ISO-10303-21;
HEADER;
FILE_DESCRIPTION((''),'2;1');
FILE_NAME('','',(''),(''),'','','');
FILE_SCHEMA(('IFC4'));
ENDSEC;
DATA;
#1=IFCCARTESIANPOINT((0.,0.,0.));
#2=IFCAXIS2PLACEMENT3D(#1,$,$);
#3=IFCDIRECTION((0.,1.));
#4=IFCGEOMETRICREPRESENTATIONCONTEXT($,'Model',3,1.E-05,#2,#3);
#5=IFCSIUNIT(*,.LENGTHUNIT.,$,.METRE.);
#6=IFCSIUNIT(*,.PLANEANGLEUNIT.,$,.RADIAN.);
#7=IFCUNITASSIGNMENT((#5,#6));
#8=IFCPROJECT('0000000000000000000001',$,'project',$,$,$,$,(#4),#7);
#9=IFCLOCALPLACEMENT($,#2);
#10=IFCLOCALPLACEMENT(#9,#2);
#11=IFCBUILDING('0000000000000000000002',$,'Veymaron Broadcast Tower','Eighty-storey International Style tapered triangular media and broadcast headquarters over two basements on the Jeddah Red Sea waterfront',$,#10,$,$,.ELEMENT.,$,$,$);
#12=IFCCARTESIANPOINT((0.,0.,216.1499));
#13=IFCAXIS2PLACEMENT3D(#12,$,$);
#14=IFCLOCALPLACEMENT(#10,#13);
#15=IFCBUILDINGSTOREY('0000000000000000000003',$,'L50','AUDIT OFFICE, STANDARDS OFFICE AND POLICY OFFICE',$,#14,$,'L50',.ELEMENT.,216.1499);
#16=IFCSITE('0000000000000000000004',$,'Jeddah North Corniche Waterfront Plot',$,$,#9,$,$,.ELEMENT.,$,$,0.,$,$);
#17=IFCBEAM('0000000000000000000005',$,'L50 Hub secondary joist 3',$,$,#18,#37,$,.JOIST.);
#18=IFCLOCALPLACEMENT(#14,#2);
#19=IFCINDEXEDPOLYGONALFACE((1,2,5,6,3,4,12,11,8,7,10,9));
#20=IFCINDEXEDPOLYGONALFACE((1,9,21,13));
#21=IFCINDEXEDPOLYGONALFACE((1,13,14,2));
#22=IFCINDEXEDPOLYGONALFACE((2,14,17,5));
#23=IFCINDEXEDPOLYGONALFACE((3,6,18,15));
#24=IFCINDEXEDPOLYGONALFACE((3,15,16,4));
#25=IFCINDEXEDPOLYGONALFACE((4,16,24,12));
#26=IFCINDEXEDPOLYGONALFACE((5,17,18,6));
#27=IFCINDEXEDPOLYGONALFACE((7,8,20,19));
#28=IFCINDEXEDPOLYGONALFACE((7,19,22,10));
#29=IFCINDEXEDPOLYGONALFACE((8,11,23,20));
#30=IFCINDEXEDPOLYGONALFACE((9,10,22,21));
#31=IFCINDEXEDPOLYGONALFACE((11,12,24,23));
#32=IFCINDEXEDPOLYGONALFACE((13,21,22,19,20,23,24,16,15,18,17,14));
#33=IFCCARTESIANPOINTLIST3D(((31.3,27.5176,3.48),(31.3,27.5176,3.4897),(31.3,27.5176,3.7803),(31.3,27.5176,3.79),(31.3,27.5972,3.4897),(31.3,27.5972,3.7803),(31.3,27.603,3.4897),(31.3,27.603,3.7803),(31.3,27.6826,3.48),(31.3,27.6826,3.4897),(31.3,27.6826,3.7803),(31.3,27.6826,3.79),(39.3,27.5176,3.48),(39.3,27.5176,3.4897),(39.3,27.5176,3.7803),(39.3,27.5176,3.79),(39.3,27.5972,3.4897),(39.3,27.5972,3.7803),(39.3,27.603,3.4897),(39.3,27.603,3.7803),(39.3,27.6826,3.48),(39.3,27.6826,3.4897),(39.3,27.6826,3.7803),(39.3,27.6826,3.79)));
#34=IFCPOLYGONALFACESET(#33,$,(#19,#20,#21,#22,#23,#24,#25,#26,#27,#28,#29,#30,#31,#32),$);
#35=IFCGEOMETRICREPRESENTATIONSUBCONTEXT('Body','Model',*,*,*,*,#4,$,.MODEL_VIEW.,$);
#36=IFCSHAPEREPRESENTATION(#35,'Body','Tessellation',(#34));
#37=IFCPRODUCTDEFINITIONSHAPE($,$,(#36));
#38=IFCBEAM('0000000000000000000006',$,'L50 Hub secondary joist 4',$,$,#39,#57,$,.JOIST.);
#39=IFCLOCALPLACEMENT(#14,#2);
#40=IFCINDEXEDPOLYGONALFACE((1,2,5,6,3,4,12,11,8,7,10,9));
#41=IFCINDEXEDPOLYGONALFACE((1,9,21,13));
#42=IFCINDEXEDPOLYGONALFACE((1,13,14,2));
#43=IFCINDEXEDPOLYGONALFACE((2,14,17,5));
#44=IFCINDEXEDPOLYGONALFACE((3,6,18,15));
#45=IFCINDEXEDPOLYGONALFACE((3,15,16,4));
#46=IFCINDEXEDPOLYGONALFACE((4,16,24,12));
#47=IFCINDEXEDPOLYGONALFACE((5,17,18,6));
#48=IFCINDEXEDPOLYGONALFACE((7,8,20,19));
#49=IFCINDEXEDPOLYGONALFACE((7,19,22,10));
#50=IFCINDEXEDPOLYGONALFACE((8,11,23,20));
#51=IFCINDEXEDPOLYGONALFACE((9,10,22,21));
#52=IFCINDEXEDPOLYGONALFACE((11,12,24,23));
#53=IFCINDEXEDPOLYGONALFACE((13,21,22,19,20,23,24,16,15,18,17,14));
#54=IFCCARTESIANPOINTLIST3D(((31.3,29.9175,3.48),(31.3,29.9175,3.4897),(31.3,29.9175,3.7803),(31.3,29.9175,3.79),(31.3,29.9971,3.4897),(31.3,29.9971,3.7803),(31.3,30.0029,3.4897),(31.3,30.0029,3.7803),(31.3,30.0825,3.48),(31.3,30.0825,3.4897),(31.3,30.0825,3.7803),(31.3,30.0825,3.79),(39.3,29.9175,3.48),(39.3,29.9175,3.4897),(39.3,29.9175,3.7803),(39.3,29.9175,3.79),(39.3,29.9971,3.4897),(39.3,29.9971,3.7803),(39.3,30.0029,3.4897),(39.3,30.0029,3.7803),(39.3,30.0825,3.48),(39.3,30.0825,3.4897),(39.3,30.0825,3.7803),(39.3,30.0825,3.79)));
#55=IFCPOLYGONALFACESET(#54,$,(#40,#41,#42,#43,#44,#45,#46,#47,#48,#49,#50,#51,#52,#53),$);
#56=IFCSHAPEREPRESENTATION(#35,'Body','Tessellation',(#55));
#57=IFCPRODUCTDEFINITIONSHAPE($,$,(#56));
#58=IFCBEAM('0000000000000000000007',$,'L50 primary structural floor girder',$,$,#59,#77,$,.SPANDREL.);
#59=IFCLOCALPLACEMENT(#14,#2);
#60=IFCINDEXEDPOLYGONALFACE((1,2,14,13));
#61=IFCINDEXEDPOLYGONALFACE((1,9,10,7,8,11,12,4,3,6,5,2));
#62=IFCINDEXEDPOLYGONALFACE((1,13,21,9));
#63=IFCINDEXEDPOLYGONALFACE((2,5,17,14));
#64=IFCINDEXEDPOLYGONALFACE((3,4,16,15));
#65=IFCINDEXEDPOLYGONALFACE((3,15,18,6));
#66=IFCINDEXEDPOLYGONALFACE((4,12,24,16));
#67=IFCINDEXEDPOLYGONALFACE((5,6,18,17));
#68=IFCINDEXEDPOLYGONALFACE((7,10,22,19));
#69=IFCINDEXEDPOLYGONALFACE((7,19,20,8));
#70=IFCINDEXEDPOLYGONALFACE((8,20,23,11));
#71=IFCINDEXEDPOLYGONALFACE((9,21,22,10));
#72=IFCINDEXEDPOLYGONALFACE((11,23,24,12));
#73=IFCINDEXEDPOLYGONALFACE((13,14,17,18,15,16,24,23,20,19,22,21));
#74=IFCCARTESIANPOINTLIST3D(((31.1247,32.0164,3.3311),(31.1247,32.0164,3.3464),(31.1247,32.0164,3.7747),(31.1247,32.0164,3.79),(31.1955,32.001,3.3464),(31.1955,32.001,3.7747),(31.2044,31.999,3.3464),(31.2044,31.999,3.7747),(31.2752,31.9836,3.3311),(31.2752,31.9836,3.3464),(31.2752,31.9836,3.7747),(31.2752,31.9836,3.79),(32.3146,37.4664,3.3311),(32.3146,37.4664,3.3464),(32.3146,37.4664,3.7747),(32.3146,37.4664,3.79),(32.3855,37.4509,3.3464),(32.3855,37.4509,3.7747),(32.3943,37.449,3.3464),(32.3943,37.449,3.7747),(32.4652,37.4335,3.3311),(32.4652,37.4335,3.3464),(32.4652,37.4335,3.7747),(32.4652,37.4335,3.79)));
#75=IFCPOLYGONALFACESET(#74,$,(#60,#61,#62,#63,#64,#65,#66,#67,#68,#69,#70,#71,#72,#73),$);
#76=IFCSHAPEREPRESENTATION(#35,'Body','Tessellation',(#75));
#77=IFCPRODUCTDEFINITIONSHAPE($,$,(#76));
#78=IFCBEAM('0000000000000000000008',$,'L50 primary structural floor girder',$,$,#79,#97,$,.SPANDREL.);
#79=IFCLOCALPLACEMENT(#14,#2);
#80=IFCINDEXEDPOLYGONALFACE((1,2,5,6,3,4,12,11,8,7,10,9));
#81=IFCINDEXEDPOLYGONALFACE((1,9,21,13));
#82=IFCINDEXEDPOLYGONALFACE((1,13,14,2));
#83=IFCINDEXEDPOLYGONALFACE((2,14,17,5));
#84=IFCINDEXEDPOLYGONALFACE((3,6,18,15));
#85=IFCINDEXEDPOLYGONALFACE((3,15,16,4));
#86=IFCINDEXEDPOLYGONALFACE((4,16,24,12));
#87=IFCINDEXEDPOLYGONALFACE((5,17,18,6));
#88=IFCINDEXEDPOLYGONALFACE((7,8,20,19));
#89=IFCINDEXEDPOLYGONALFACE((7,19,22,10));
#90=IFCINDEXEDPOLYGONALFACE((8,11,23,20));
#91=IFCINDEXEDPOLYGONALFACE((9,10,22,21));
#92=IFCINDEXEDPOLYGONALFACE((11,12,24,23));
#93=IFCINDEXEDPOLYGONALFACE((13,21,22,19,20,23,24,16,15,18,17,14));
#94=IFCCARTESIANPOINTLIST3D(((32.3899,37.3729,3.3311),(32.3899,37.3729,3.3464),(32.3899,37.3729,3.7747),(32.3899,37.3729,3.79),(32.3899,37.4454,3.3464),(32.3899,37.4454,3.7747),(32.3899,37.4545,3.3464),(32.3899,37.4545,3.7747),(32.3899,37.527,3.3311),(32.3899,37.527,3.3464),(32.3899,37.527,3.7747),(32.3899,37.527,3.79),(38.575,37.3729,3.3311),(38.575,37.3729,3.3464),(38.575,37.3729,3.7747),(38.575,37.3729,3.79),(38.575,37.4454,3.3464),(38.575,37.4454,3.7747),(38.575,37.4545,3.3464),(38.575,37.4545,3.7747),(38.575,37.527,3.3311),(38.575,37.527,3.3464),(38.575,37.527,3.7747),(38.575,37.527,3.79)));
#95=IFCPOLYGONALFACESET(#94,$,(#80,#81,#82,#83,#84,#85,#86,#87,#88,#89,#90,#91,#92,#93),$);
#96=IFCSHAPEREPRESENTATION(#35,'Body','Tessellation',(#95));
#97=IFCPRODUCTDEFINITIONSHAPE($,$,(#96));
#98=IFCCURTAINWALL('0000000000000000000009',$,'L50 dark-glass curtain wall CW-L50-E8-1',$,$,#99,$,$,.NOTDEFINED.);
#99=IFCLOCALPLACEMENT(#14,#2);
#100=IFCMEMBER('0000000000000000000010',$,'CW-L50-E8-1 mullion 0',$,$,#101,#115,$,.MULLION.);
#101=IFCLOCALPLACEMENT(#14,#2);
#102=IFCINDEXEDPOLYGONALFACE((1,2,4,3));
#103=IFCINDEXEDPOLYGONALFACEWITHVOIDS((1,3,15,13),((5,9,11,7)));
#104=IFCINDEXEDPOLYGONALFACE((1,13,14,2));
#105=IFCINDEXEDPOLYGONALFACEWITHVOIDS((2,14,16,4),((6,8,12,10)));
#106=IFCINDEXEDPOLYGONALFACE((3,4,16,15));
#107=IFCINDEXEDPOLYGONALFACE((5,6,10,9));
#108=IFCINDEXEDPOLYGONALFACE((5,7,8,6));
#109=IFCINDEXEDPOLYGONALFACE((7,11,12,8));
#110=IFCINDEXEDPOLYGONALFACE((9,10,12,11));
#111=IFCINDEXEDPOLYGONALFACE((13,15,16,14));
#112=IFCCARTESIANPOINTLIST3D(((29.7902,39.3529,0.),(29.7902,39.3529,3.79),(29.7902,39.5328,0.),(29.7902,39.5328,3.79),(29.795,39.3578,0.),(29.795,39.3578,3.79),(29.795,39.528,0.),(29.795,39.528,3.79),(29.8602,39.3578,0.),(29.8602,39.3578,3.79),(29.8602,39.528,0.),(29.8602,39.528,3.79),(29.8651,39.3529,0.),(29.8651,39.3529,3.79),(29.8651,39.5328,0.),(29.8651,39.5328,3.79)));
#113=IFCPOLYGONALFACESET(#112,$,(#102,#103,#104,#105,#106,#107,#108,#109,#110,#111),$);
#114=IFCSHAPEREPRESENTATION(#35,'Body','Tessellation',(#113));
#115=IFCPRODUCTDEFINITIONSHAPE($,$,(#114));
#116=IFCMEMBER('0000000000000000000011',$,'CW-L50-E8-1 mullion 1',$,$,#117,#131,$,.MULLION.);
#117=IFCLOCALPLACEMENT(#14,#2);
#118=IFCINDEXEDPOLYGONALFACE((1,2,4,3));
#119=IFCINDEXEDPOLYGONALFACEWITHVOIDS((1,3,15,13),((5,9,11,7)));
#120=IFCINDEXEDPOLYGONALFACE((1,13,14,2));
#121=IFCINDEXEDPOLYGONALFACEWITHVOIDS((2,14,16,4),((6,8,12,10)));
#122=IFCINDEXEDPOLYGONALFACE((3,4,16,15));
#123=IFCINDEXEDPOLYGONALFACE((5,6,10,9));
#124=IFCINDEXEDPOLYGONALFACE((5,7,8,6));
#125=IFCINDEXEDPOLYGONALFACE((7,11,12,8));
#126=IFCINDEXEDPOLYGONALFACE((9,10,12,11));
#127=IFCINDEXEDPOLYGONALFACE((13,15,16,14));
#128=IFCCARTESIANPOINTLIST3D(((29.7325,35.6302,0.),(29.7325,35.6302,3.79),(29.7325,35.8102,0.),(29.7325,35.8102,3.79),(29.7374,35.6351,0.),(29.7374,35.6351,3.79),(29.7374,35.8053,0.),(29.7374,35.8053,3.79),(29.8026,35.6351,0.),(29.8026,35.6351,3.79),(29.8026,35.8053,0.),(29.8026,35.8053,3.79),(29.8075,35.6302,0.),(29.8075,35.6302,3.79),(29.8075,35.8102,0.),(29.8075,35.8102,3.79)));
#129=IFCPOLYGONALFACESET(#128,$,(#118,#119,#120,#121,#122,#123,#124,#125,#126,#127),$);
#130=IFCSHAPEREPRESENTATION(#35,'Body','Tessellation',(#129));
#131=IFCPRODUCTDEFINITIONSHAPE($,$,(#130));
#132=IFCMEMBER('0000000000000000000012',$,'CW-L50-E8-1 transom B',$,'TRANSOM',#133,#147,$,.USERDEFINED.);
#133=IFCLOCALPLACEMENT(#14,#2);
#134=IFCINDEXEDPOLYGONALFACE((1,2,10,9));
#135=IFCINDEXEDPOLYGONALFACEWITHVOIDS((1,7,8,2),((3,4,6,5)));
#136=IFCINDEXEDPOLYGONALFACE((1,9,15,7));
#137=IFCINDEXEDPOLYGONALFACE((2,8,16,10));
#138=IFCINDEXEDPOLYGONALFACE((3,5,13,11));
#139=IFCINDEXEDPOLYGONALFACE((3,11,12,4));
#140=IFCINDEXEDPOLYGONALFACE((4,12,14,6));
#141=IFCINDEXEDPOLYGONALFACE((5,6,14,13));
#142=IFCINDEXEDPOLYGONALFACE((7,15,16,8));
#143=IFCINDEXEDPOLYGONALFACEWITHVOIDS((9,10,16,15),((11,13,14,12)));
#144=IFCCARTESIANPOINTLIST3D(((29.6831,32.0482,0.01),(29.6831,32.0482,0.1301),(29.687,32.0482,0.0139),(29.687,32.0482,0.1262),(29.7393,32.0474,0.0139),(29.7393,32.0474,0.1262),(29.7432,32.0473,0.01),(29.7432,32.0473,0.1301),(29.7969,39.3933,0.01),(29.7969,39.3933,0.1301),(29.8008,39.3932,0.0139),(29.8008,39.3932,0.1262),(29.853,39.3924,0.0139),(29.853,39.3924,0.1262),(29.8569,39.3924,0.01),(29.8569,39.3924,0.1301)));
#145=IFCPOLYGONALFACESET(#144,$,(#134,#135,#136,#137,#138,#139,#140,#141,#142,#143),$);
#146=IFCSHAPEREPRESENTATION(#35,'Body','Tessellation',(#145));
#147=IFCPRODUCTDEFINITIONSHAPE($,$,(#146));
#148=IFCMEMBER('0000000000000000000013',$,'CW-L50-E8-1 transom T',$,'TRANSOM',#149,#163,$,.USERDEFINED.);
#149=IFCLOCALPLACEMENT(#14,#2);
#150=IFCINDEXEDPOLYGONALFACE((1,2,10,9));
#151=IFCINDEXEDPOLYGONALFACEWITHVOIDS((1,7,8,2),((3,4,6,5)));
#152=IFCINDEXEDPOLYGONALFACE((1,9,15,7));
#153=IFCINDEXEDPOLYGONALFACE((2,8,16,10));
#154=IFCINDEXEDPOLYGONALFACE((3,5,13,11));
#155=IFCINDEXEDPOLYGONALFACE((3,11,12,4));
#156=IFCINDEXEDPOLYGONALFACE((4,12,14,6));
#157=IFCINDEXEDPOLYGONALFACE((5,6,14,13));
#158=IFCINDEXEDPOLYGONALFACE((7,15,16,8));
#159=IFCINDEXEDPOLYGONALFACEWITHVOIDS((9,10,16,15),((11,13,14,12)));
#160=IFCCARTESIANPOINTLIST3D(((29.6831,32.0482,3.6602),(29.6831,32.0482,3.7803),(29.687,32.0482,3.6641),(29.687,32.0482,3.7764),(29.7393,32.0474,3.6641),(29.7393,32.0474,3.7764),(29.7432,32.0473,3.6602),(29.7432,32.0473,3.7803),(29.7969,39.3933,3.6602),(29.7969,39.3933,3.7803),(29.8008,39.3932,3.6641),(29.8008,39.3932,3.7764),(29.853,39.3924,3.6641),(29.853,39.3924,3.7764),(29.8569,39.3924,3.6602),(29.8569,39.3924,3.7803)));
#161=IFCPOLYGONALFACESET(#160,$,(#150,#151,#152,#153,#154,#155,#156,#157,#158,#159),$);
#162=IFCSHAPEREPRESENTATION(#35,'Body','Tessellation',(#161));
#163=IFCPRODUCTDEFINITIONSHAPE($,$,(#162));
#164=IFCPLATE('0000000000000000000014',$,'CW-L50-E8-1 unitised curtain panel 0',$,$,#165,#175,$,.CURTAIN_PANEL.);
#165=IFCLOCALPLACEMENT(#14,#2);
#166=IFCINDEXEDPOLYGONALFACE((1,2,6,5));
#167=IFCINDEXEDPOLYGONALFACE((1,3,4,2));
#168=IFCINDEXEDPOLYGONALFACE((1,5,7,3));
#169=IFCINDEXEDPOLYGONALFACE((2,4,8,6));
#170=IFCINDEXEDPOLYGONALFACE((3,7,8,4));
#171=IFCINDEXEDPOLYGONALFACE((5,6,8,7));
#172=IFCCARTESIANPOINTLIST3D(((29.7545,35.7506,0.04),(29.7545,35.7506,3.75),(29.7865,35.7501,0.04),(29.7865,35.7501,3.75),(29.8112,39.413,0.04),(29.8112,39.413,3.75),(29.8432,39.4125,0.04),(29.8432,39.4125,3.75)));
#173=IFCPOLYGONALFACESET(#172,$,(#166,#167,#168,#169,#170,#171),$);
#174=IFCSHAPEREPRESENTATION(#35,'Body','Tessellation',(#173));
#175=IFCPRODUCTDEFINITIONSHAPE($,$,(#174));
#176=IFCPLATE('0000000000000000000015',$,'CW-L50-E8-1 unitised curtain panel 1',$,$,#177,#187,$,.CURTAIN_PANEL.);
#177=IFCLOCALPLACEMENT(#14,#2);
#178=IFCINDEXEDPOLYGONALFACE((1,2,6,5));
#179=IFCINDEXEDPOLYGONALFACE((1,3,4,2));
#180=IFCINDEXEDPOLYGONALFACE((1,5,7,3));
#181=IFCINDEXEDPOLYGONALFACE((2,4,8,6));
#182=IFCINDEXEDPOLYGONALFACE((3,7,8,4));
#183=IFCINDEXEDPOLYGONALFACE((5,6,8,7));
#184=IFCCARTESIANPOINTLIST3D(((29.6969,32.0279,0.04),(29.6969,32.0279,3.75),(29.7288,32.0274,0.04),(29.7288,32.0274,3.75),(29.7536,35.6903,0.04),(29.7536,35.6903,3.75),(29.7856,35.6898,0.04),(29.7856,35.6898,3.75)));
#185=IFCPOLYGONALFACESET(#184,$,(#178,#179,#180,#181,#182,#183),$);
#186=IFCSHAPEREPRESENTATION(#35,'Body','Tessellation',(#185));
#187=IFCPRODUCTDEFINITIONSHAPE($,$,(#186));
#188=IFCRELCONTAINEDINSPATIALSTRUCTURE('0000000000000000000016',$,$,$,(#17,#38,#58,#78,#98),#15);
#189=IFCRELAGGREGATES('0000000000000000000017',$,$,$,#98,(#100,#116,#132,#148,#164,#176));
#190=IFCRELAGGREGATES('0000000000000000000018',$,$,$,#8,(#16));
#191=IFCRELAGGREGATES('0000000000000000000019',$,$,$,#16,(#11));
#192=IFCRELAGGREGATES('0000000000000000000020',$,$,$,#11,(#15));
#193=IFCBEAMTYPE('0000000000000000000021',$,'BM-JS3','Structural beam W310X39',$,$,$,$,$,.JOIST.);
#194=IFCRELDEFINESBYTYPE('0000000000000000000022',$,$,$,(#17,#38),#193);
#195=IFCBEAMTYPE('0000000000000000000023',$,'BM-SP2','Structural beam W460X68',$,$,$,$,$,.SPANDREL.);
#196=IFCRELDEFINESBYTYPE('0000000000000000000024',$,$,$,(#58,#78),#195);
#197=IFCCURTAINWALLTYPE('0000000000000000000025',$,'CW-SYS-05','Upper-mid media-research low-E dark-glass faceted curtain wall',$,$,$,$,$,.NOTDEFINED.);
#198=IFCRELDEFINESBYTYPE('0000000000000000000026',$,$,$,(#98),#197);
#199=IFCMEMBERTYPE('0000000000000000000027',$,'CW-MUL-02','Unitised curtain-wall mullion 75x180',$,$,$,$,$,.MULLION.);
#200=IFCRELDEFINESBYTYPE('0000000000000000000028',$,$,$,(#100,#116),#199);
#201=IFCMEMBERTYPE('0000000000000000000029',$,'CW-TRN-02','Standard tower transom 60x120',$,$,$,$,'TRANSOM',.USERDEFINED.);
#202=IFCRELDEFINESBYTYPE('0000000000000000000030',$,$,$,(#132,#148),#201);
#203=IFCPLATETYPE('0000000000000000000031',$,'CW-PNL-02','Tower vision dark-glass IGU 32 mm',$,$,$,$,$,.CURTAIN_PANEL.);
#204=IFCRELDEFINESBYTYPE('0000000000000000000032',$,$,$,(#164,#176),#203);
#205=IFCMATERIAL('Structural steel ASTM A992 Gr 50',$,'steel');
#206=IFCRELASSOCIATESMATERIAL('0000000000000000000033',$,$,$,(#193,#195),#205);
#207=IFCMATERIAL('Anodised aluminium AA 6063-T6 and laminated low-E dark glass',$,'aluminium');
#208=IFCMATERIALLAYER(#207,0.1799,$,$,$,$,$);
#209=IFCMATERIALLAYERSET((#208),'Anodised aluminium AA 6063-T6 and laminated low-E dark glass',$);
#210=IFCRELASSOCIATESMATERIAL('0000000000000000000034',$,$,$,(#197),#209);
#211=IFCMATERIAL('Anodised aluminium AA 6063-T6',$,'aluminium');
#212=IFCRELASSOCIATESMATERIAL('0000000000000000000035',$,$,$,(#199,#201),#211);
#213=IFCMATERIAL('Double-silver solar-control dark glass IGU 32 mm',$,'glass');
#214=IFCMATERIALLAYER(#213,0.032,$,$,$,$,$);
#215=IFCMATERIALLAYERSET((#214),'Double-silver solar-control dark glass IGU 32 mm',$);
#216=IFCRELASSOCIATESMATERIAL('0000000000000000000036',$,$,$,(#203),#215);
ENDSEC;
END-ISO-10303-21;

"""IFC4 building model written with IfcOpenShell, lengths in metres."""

from ifc_helpers import new_model, si_unit, direction, frame, origin, origin_2d, place, context, subcontext, project, spatial, rectangle, hollow_rectangle, i_section, extrude, material, layer, layer_set, material_profile, profile_set, type_object, element, aggregate, save


model = new_model("IFC4")

# Units and contexts
model_context = context("Model", 3, precision=1e-05, world=origin(), true_north=direction((0.0, 1.0)))
body_context = subcontext(model_context, "Body", "Model", "MODEL_VIEW")
ifc_project = project(units=[si_unit("LENGTHUNIT", "METRE"), si_unit("PLANEANGLEUNIT", "RADIAN")], contexts=[model_context])

# Site, building, storey
site_placement = place(None, origin())
site = spatial("IfcSite", under=ifc_project, at=site_placement, Name="Jeddah North Corniche Waterfront Plot", CompositionType="ELEMENT", RefElevation=0.0)
building_placement = place(site_placement, origin())
building = spatial("IfcBuilding", under=site, at=building_placement, Name="Veymaron Broadcast Tower", Description="Eighty-storey International Style tapered triangular media and broadcast headquarters over two basements on the Jeddah Red Sea waterfront", CompositionType="ELEMENT")
storey_placement = place(building_placement, frame((0.0, 0.0, 216.1499)))
storey = spatial("IfcBuildingStorey", under=building, at=storey_placement, Name="L50", Description="AUDIT OFFICE, STANDARDS OFFICE AND POLICY OFFICE", LongName="L50", CompositionType="ELEMENT", Elevation=216.1499)

# Shared definitions
ifc_material_1 = material(Name="Structural steel ASTM A992 Gr 50", Category="steel")

# Beams
ifc_material_profile_1 = material_profile(ifc_material_1, i_section(OverallWidth=0.165, OverallDepth=0.3101, WebThickness=0.0059, FlangeThickness=0.0098, at=origin_2d()), Name="W310X39")
ifc_profile_set_1 = profile_set([ifc_material_profile_1], Name="Structural steel ASTM A992 Gr 50")
beam_type_1 = type_object("IfcBeamType", Name="BM-JS3", Description="Structural beam W310X39", PredefinedType="JOIST", material=ifc_profile_set_1)
for number, where, z_axis, x_axis, name in (
    (1, (31.3, 27.6001, 3.635), (1.0, 0.0, 0.0), (0.0, 1.0, 0.0), "L50 Hub secondary joist 3"),
    (2, (31.3, 30.0, 3.635), (1.0, 0.0, 0.0), (0.0, 1.0, 0.0), "L50 Hub secondary joist 4"),
):
    element("IfcBeam", number, at=place(storey_placement, frame(where, z_axis=z_axis, x_axis=x_axis)), inside=storey, type_object=beam_type_1, Name=name, PredefinedType="JOIST", context=body_context, shape_type="SweptSolid", body=[
        extrude(i_section(OverallWidth=0.165, OverallDepth=0.3101, WebThickness=0.0059, FlangeThickness=0.0098, at=origin_2d()), origin(), (0.0, 0.0, 1.0), 8.0),
    ])
ifc_material_profile_2 = material_profile(ifc_material_1, i_section(OverallWidth=0.1541, OverallDepth=0.459, WebThickness=0.009, FlangeThickness=0.0154, at=origin_2d()), Name="W460X68")
ifc_profile_set_2 = profile_set([ifc_material_profile_2], Name="Structural steel ASTM A992 Gr 50")
beam_type_2 = type_object("IfcBeamType", Name="BM-SP2", Description="Structural beam W460X68", PredefinedType="SPANDREL", material=ifc_profile_set_2)
beam_1_placement = place(storey_placement, frame((31.2, 32.0, 3.5605), z_axis=(0.213314, 0.976984, 0.0), x_axis=(-0.976984, 0.213314, 0.0)))
element("IfcBeam", 3, at=beam_1_placement, inside=storey, type_object=beam_type_2, Name="L50 primary structural floor girder", PredefinedType="SPANDREL", context=body_context, shape_type="SweptSolid", body=[
    extrude(i_section(OverallWidth=0.1541, OverallDepth=0.459, WebThickness=0.009, FlangeThickness=0.0154, at=origin_2d()), origin(), (0.0, 0.0, 1.0), 5.5784),
])
beam_2_placement = place(storey_placement, frame((32.3899, 37.45, 3.5605), z_axis=(1.0, 0.0, 0.0), x_axis=(0.0, 1.0, 0.0)))
element("IfcBeam", 4, at=beam_2_placement, inside=storey, type_object=beam_type_2, Name="L50 primary structural floor girder", PredefinedType="SPANDREL", context=body_context, shape_type="SweptSolid", body=[
    extrude(i_section(OverallWidth=0.1541, OverallDepth=0.459, WebThickness=0.009, FlangeThickness=0.0154, at=origin_2d()), origin(), (0.0, 0.0, 1.0), 6.1851),
])

# Curtain wall, members, plates
ifc_material_2 = material(Name="Anodised aluminium AA 6063-T6 and laminated low-E dark glass", Category="aluminium")
ifc_layer_1 = layer(ifc_material_2, 0.1799)
ifc_layer_set_1 = layer_set([ifc_layer_1], Name="Anodised aluminium AA 6063-T6 and laminated low-E dark glass")
curtain_wall_type = type_object("IfcCurtainWallType", Name="CW-SYS-05", Description="Upper-mid media-research low-E dark-glass faceted curtain wall", PredefinedType="NOTDEFINED", material=ifc_layer_set_1)
curtain_wall_placement = place(storey_placement, origin())
curtain_wall = element("IfcCurtainWall", 5, at=curtain_wall_placement, inside=storey, type_object=curtain_wall_type, Name="L50 dark-glass curtain wall CW-L50-E8-1", PredefinedType="NOTDEFINED")
ifc_material_3 = material(Name="Anodised aluminium AA 6063-T6", Category="aluminium")
ifc_material_profile_3 = material_profile(ifc_material_3, hollow_rectangle(XDim=0.075, YDim=0.1799, WallThickness=0.0049, at=origin_2d()), Name="AL180X75X5")
ifc_profile_set_3 = profile_set([ifc_material_profile_3], Name="Anodised aluminium AA 6063-T6")
member_type_1 = type_object("IfcMemberType", Name="CW-MUL-02", Description="Unitised curtain-wall mullion 75x180", PredefinedType="MULLION", material=ifc_profile_set_3)
member_1_placement = place(storey_placement, frame((29.8276, 39.4429, 0.0), z_axis=(0.0, 0.0, 1.0), x_axis=(1.0, 0.0, 0.0)))
member_1 = element("IfcMember", 6, at=member_1_placement, type_object=member_type_1, Name="CW-L50-E8-1 mullion 0", PredefinedType="MULLION", context=body_context, shape_type="SweptSolid", body=[
    extrude(hollow_rectangle(XDim=0.075, YDim=0.1799, WallThickness=0.0049, at=origin_2d()), origin(), (0.0, 0.0, 1.0), 3.79),
])
member_2_placement = place(storey_placement, frame((29.77, 35.7202, 0.0), z_axis=(0.0, 0.0, 1.0), x_axis=(1.0, 0.0, 0.0)))
member_2 = element("IfcMember", 7, at=member_2_placement, type_object=member_type_1, Name="CW-L50-E8-1 mullion 1", PredefinedType="MULLION", context=body_context, shape_type="SweptSolid", body=[
    extrude(hollow_rectangle(XDim=0.075, YDim=0.1799, WallThickness=0.0049, at=origin_2d()), origin(), (0.0, 0.0, 1.0), 3.79),
])
ifc_material_profile_4 = material_profile(ifc_material_3, hollow_rectangle(XDim=0.0601, YDim=0.1201, WallThickness=0.0039, at=origin_2d()), Name="AL120X60X4")
ifc_profile_set_4 = profile_set([ifc_material_profile_4], Name="Anodised aluminium AA 6063-T6")
member_type_2 = type_object("IfcMemberType", Name="CW-TRN-02", Description="Standard tower transom 60x120", ElementType="TRANSOM", PredefinedType="USERDEFINED", material=ifc_profile_set_4)
member_3_placement = place(storey_placement, frame((29.8269, 39.3928, 0.0701), z_axis=(-0.015488, -0.99988, 0.0), x_axis=(0.99988, -0.015488, 0.0)))
member_3 = element("IfcMember", 8, at=member_3_placement, type_object=member_type_2, Name="CW-L50-E8-1 transom B", ObjectType="TRANSOM", PredefinedType="USERDEFINED", context=body_context, shape_type="SweptSolid", body=[
    extrude(hollow_rectangle(XDim=0.0601, YDim=0.1201, WallThickness=0.0039, at=origin_2d()), origin(), (0.0, 0.0, 1.0), 7.3459),
])
member_4_placement = place(storey_placement, frame((29.8269, 39.3928, 3.7202), z_axis=(-0.015488, -0.99988, 0.0), x_axis=(0.99988, -0.015488, 0.0)))
member_4 = element("IfcMember", 9, at=member_4_placement, type_object=member_type_2, Name="CW-L50-E8-1 transom T", ObjectType="TRANSOM", PredefinedType="USERDEFINED", context=body_context, shape_type="SweptSolid", body=[
    extrude(hollow_rectangle(XDim=0.0601, YDim=0.1201, WallThickness=0.0039, at=origin_2d()), origin(), (0.0, 0.0, 1.0), 7.3459),
])
ifc_material_4 = material(Name="Double-silver solar-control dark glass IGU 32 mm", Category="glass")
ifc_layer_2 = layer(ifc_material_4, 0.032)
ifc_layer_set_2 = layer_set([ifc_layer_2], Name="Double-silver solar-control dark glass IGU 32 mm")
plate_type = type_object("IfcPlateType", Name="CW-PNL-02", Description="Tower vision dark-glass IGU 32 mm", PredefinedType="CURTAIN_PANEL", material=ifc_layer_set_2)
plate_1_placement = place(storey_placement, frame((29.7988, 37.5815, 0.04), z_axis=(0.0, 0.0, 1.0), x_axis=(-0.01548, -0.99988, 0.0)))
plate_1 = element("IfcPlate", 10, at=plate_1_placement, type_object=plate_type, Name="CW-L50-E8-1 unitised curtain panel 0", PredefinedType="CURTAIN_PANEL", context=body_context, shape_type="SweptSolid", body=[
    extrude(rectangle(XDim=3.6628, YDim=0.032, at=origin_2d()), origin(), (0.0, 0.0, 1.0), 3.71),
])
plate_2_placement = place(storey_placement, frame((29.7412, 33.8589, 0.04), z_axis=(0.0, 0.0, 1.0), x_axis=(-0.01548, -0.99988, 0.0)))
plate_2 = element("IfcPlate", 11, at=plate_2_placement, type_object=plate_type, Name="CW-L50-E8-1 unitised curtain panel 1", PredefinedType="CURTAIN_PANEL", context=body_context, shape_type="SweptSolid", body=[
    extrude(rectangle(XDim=3.6628, YDim=0.032, at=origin_2d()), origin(), (0.0, 0.0, 1.0), 3.71),
])
aggregate(curtain_wall, [member_1, member_2, member_3, member_4, plate_1, plate_2])

save(model, "model.ifc")
